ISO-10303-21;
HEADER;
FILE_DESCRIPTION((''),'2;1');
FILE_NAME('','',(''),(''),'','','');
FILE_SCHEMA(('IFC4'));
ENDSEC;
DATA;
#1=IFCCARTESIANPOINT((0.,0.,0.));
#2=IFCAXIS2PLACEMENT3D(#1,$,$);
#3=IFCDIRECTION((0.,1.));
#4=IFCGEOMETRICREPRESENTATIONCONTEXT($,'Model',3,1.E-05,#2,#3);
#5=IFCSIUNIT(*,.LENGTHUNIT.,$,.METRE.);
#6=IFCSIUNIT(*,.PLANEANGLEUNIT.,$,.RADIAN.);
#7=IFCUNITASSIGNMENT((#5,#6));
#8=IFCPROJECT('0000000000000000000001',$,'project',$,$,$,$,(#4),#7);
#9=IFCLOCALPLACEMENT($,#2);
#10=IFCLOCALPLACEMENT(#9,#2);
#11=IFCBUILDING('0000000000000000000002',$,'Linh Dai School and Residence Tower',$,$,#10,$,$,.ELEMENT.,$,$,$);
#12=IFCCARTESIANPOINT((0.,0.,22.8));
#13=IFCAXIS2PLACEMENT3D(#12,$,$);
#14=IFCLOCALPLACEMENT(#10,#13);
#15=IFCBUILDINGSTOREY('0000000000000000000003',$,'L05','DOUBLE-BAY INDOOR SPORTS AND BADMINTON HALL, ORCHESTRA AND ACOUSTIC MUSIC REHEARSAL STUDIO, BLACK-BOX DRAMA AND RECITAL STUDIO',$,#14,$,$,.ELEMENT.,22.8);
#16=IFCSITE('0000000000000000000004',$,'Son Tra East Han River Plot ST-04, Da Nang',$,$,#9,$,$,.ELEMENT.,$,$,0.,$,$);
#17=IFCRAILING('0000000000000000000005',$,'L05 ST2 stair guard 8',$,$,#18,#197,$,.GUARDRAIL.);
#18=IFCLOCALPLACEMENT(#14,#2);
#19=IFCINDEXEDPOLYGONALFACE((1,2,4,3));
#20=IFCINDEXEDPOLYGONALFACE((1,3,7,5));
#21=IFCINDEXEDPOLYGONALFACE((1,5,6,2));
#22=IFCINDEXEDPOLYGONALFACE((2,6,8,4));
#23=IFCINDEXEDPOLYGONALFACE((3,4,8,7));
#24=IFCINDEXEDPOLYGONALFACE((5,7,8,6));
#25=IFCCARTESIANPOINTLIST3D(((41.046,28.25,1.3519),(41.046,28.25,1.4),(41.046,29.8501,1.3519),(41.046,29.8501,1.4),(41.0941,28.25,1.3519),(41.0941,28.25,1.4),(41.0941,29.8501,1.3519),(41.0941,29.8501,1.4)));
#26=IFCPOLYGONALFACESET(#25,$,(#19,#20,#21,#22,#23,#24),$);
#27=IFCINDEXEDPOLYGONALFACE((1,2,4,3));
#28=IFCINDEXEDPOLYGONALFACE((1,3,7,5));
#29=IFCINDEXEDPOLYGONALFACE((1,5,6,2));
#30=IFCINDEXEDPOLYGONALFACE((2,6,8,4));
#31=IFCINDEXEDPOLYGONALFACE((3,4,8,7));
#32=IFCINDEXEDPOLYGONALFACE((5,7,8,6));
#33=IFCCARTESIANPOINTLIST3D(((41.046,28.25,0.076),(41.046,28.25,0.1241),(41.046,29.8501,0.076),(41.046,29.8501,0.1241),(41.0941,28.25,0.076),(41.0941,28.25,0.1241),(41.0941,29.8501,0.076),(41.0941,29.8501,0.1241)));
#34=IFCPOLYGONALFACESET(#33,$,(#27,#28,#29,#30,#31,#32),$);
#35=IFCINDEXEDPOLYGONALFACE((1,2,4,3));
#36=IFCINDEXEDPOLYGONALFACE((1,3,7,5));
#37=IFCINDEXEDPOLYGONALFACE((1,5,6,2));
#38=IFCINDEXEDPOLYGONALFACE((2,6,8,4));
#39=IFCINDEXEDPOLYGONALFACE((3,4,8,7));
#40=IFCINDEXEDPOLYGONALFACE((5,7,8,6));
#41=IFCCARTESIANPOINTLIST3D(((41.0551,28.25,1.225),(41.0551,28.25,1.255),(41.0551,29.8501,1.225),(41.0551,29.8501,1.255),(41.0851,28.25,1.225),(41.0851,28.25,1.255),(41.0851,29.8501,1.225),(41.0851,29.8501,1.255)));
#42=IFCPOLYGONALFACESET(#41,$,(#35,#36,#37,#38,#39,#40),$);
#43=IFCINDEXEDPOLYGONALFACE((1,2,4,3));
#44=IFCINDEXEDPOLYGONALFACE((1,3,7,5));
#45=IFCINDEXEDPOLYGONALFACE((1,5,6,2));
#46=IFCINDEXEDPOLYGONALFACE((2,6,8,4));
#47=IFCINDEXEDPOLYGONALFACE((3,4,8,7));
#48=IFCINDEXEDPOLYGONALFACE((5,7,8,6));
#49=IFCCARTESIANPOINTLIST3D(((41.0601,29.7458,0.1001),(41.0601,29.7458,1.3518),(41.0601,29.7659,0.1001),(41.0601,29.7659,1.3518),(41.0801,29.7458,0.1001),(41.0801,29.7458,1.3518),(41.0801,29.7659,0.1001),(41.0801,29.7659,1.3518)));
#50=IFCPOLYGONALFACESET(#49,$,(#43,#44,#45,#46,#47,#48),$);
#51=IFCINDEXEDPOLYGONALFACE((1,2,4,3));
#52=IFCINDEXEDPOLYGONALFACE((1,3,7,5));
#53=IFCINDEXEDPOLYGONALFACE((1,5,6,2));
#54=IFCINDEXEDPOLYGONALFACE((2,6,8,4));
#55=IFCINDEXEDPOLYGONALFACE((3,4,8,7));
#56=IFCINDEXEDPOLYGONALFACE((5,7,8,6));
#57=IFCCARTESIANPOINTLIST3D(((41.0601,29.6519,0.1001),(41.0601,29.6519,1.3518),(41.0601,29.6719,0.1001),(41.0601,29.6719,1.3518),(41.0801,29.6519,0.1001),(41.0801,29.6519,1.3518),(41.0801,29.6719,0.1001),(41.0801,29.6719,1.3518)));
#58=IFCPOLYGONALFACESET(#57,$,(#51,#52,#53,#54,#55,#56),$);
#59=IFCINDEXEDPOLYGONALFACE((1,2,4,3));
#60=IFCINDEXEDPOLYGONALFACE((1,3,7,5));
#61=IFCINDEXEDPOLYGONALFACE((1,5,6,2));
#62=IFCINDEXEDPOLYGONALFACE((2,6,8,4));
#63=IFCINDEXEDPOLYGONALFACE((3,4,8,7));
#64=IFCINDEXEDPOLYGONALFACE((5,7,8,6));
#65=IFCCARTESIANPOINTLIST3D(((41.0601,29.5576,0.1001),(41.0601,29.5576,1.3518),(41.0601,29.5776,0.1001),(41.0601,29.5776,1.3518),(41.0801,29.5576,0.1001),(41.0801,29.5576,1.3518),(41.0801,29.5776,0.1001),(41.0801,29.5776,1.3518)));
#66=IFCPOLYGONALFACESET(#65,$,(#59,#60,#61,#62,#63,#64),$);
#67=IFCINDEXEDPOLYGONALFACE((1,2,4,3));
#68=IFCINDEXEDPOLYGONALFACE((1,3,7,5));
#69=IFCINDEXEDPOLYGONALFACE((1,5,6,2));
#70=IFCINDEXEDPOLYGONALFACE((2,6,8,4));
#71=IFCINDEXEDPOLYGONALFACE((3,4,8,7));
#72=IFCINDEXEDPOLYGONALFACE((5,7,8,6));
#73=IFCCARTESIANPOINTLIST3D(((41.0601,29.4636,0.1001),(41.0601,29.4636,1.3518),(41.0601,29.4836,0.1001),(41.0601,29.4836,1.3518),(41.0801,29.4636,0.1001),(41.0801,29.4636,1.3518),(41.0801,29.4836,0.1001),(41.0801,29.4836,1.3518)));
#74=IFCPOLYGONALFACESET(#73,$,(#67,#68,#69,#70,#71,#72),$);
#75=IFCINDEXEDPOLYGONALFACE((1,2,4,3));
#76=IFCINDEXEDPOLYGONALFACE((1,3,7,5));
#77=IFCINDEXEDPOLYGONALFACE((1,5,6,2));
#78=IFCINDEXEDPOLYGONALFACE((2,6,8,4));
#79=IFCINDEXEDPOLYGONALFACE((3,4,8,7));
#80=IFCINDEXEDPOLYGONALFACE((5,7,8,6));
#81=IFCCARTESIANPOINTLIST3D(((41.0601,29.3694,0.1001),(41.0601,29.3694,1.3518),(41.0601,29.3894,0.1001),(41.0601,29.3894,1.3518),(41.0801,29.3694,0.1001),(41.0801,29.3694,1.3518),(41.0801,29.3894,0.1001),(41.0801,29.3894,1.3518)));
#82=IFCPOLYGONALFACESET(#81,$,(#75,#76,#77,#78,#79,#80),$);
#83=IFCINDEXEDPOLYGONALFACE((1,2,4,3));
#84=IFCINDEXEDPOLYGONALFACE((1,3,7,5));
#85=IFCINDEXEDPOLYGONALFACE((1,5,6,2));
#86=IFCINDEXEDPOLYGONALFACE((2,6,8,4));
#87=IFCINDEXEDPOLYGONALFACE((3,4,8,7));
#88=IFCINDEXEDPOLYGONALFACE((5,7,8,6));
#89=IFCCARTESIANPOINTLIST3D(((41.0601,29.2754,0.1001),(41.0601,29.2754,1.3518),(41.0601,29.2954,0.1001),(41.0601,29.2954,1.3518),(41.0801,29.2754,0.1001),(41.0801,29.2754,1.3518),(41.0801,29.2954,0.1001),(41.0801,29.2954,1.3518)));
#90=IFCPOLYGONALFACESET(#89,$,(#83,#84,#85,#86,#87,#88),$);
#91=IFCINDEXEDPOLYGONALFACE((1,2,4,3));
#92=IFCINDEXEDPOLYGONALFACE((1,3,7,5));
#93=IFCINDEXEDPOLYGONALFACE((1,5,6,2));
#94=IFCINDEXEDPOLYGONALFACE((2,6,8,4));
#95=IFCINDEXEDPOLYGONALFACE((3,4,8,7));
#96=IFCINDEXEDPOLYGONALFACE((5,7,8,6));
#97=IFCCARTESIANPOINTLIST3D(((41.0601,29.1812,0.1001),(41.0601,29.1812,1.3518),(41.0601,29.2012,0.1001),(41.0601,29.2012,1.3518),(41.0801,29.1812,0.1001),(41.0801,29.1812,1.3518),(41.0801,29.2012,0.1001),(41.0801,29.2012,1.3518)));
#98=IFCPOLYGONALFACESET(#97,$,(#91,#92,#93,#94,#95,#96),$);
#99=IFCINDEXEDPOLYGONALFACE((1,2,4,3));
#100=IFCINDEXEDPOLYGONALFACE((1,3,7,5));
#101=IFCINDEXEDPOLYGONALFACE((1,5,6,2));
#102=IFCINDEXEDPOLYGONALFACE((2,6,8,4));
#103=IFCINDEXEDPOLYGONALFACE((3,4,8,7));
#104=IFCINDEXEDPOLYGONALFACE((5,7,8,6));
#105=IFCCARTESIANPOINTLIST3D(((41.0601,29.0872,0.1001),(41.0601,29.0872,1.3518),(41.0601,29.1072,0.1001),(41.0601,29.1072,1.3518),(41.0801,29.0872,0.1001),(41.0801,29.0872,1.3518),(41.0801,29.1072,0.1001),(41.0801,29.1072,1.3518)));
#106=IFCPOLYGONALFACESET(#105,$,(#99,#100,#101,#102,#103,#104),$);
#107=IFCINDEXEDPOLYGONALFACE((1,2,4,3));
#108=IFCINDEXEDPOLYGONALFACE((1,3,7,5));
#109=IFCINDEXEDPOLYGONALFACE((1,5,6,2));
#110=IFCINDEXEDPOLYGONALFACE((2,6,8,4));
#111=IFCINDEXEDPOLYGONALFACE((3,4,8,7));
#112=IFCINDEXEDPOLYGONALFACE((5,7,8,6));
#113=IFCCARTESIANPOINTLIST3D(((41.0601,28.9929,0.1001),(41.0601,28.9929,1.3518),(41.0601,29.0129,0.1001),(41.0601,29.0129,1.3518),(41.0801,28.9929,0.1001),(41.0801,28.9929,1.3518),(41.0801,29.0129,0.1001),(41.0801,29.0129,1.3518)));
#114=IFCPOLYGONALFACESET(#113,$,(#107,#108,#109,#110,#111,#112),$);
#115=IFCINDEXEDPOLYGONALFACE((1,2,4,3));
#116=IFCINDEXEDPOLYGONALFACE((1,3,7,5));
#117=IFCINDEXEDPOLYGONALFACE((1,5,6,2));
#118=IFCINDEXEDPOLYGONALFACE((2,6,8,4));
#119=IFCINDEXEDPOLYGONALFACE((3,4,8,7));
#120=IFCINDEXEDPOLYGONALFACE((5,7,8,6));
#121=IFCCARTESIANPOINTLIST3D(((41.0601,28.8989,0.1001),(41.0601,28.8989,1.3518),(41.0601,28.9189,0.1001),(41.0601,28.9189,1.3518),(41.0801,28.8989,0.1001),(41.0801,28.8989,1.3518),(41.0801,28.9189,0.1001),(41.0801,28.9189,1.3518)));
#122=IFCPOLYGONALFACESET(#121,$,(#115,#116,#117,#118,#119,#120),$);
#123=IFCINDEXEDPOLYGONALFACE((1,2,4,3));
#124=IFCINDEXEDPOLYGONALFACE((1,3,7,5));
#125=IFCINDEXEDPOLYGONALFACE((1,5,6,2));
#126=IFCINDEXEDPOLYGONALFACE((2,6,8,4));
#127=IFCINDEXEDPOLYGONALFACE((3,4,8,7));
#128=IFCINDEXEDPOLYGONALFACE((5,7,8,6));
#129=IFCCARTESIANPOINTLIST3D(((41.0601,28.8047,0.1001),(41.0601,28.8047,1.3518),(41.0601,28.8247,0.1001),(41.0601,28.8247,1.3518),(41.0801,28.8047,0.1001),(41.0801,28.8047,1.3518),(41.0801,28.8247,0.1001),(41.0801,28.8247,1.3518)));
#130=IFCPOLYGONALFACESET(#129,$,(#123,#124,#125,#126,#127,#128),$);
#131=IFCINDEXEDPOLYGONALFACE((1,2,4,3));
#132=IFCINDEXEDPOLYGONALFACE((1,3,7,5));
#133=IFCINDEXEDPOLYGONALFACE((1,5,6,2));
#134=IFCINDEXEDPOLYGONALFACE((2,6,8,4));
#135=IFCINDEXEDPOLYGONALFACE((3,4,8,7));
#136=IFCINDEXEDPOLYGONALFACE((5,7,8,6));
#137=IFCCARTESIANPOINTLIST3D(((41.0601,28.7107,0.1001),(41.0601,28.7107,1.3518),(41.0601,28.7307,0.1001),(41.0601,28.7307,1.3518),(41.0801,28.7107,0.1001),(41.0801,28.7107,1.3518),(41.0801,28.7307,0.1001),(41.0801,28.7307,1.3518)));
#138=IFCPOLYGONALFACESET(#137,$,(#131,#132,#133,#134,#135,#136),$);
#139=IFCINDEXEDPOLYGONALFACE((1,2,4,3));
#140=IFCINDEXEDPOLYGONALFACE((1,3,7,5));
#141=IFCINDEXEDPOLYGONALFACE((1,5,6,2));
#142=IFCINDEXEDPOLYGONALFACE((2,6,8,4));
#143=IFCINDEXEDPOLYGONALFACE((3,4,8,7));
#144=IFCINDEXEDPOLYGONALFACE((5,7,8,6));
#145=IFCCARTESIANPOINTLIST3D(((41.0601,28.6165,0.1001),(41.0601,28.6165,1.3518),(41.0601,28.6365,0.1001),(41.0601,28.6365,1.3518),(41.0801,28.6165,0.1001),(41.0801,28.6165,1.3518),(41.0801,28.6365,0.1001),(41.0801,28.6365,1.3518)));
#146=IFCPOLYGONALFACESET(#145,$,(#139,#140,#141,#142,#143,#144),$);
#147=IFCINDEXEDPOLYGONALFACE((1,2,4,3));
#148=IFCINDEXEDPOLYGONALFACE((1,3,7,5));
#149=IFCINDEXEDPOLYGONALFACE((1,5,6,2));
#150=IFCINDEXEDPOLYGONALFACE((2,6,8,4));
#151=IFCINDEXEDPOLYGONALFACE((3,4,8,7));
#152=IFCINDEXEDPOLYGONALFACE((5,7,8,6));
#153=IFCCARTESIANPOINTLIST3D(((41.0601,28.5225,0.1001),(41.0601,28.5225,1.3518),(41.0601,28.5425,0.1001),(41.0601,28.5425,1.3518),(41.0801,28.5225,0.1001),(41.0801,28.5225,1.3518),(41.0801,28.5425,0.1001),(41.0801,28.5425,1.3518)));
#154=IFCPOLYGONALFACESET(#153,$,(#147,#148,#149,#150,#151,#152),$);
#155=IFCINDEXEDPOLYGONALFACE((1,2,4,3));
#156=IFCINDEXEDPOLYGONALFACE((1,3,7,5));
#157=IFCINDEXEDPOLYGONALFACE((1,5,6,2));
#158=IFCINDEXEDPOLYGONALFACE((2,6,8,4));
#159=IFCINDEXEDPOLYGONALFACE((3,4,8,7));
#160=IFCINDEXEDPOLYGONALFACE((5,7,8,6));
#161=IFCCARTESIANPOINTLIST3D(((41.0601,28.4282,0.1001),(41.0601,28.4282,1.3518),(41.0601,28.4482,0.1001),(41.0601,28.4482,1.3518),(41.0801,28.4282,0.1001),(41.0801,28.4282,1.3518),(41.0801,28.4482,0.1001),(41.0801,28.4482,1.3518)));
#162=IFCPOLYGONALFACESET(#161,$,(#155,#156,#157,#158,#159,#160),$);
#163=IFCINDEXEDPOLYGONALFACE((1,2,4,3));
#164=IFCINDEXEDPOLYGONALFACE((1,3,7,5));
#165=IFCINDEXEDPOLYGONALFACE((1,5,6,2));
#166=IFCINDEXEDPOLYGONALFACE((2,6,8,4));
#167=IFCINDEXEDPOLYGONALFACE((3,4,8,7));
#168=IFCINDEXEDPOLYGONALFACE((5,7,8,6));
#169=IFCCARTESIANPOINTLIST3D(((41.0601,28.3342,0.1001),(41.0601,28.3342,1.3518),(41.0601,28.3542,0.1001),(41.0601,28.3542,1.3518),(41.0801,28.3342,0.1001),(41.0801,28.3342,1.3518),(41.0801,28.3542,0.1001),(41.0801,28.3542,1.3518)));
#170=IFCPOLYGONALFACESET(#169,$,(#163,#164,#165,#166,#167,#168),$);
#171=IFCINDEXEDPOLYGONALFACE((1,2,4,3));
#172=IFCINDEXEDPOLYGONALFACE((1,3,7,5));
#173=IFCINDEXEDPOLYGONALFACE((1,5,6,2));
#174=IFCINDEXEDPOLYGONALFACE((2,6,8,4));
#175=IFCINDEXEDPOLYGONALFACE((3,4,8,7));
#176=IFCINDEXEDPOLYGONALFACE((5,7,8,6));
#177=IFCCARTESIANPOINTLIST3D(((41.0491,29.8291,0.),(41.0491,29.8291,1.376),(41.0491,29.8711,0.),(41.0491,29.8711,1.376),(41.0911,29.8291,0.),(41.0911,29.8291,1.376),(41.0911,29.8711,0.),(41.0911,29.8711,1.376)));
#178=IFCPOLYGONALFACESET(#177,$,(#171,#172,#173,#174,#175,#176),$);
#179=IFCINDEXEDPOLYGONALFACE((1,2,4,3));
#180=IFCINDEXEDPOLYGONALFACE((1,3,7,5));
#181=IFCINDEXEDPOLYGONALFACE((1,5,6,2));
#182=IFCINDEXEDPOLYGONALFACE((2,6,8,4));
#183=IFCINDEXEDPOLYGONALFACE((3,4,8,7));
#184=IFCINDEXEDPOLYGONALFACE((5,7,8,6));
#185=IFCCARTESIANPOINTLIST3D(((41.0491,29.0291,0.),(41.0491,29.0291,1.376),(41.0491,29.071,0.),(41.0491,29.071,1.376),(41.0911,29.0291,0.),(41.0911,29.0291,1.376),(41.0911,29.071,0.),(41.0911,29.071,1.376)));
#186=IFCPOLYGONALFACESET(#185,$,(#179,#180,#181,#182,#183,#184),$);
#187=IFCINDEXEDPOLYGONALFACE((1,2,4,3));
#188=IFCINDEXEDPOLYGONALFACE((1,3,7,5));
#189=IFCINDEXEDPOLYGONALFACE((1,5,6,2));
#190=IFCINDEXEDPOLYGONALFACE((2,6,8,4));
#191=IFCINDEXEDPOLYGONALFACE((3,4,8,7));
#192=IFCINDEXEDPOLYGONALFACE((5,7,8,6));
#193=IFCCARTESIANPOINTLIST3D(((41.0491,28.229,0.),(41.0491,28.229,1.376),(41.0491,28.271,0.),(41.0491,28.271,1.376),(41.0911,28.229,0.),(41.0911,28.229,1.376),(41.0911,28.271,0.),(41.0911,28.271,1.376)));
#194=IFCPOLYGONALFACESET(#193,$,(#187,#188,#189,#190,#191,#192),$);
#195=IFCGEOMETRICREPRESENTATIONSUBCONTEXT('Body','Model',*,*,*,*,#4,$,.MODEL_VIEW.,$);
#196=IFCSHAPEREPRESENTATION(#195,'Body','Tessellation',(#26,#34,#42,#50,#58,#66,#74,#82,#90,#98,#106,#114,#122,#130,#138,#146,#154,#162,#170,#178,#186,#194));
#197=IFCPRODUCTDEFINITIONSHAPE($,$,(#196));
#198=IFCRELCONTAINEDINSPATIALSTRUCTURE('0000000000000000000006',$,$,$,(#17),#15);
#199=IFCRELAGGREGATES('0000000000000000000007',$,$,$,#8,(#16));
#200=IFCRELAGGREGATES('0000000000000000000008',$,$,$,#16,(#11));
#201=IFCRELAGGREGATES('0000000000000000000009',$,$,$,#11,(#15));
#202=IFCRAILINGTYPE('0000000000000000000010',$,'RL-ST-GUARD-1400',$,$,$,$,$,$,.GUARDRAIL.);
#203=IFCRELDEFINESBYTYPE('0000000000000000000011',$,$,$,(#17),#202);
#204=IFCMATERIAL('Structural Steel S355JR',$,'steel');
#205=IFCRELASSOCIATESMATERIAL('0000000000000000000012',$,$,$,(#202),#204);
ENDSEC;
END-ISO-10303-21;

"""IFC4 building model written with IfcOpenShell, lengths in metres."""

from ifc_helpers import new_model, si_unit, direction, frame, origin, origin_2d, place, context, subcontext, project, spatial, rectangle, extrude, source, transform, mapped, material, type_object, element, save


model = new_model("IFC4")

# Units and contexts
model_context = context("Model", 3, precision=1e-05, world=origin(), true_north=direction((0.0, 1.0)))
body_context = subcontext(model_context, "Body", "Model", "MODEL_VIEW")
ifc_project = project(units=[si_unit("LENGTHUNIT", "METRE"), si_unit("PLANEANGLEUNIT", "RADIAN")], contexts=[model_context])

# Site, building, storey
site_placement = place(None, origin())
site = spatial("IfcSite", under=ifc_project, at=site_placement, Name="Son Tra East Han River Plot ST-04, Da Nang", CompositionType="ELEMENT", RefElevation=0.0)
building_placement = place(site_placement, origin())
building = spatial("IfcBuilding", under=site, at=building_placement, Name="Linh Dai School and Residence Tower", CompositionType="ELEMENT")
storey_placement = place(building_placement, frame((0.0, 0.0, 22.8)))
storey = spatial("IfcBuildingStorey", under=building, at=storey_placement, Name="L05", Description="DOUBLE-BAY INDOOR SPORTS AND BADMINTON HALL, ORCHESTRA AND ACOUSTIC MUSIC REHEARSAL STUDIO, BLACK-BOX DRAMA AND RECITAL STUDIO", CompositionType="ELEMENT", Elevation=22.8)

# Shared definitions
ifc_material_1 = material(Name="Structural Steel S355JR", Category="steel")

# Railing
railing_type_1 = type_object("IfcRailingType", Name="RL-ST-GUARD-1400", PredefinedType="GUARDRAIL", material=ifc_material_1)
shared_shape_1 = source(origin(), body_context, "Body", "SweptSolid", [
    extrude(rectangle(XDim=0.0481, YDim=0.0481, at=origin_2d()), frame((0.0, 0.0, 1.376), z_axis=(0.0, -1.0, 0.0), x_axis=(1.0, 0.0, 0.0)), (0.0, 0.0, 1.0), 1.6001),
    extrude(rectangle(XDim=0.0481, YDim=0.0481, at=origin_2d()), frame((0.0, 0.0, 0.1001), z_axis=(0.0, -1.0, 0.0), x_axis=(1.0, 0.0, 0.0)), (0.0, 0.0, 1.0), 1.6001),
    extrude(rectangle(XDim=0.03, YDim=0.03, at=origin_2d()), frame((0.0, 0.0, 1.24), z_axis=(0.0, -1.0, 0.0), x_axis=(1.0, 0.0, 0.0)), (0.0, 0.0, 1.0), 1.6001),
    extrude(rectangle(XDim=0.02, YDim=0.02, at=origin_2d()), frame((0.0, -0.0942, 0.1001)), (0.0, 0.0, 1.0), 1.2517),
    extrude(rectangle(XDim=0.02, YDim=0.02, at=origin_2d()), frame((0.0, -0.1882, 0.1001)), (0.0, 0.0, 1.0), 1.2517),
    extrude(rectangle(XDim=0.02, YDim=0.02, at=origin_2d()), frame((0.0, -0.2825, 0.1001)), (0.0, 0.0, 1.0), 1.2517),
    extrude(rectangle(XDim=0.02, YDim=0.02, at=origin_2d()), frame((0.0, -0.3765, 0.1001)), (0.0, 0.0, 1.0), 1.2517),
    extrude(rectangle(XDim=0.02, YDim=0.02, at=origin_2d()), frame((0.0, -0.4707, 0.1001)), (0.0, 0.0, 1.0), 1.2517),
    extrude(rectangle(XDim=0.02, YDim=0.02, at=origin_2d()), frame((0.0, -0.5647, 0.1001)), (0.0, 0.0, 1.0), 1.2517),
    extrude(rectangle(XDim=0.02, YDim=0.02, at=origin_2d()), frame((0.0, -0.6589, 0.1001)), (0.0, 0.0, 1.0), 1.2517),
    extrude(rectangle(XDim=0.02, YDim=0.02, at=origin_2d()), frame((0.0, -0.7529, 0.1001)), (0.0, 0.0, 1.0), 1.2517),
    extrude(rectangle(XDim=0.02, YDim=0.02, at=origin_2d()), frame((0.0, -0.8472, 0.1001)), (0.0, 0.0, 1.0), 1.2517),
    extrude(rectangle(XDim=0.02, YDim=0.02, at=origin_2d()), frame((0.0, -0.9412, 0.1001)), (0.0, 0.0, 1.0), 1.2517),
    extrude(rectangle(XDim=0.02, YDim=0.02, at=origin_2d()), frame((0.0, -1.0354, 0.1001)), (0.0, 0.0, 1.0), 1.2517),
    extrude(rectangle(XDim=0.02, YDim=0.02, at=origin_2d()), frame((0.0, -1.1294, 0.1001)), (0.0, 0.0, 1.0), 1.2517),
    extrude(rectangle(XDim=0.02, YDim=0.02, at=origin_2d()), frame((0.0, -1.2236, 0.1001)), (0.0, 0.0, 1.0), 1.2517),
    extrude(rectangle(XDim=0.02, YDim=0.02, at=origin_2d()), frame((0.0, -1.3176, 0.1001)), (0.0, 0.0, 1.0), 1.2517),
    extrude(rectangle(XDim=0.02, YDim=0.02, at=origin_2d()), frame((0.0, -1.4119, 0.1001)), (0.0, 0.0, 1.0), 1.2517),
    extrude(rectangle(XDim=0.02, YDim=0.02, at=origin_2d()), frame((0.0, -1.5059, 0.1001)), (0.0, 0.0, 1.0), 1.2517),
    extrude(rectangle(XDim=0.042, YDim=0.042, at=origin_2d()), origin(), (0.0, 0.0, 1.0), 1.376),
    extrude(rectangle(XDim=0.042, YDim=0.042, at=origin_2d()), frame((0.0, -0.8, 0.0)), (0.0, 0.0, 1.0), 1.376),
    extrude(rectangle(XDim=0.042, YDim=0.042, at=origin_2d()), frame((0.0, -1.6001, 0.0)), (0.0, 0.0, 1.0), 1.376),
])
for number, where, name in (
    (1, (41.0701, 29.8501, 0.0), "L05 ST2 stair guard 8"),
):
    element("IfcRailing", number, at=place(storey_placement, frame(where)), inside=storey, type_object=railing_type_1, Name=name, PredefinedType="GUARDRAIL", context=body_context, shape_type="MappedRepresentation", body=[
        mapped(shared_shape_1, transform((0.0, 0.0, 0.0), x_axis=(1.0, 0.0, 0.0), y_axis=(0.0, 1.0, 0.0), z_axis=(0.0, 0.0, 1.0), scale=1.0)),
    ])

save(model, "model.ifc")
